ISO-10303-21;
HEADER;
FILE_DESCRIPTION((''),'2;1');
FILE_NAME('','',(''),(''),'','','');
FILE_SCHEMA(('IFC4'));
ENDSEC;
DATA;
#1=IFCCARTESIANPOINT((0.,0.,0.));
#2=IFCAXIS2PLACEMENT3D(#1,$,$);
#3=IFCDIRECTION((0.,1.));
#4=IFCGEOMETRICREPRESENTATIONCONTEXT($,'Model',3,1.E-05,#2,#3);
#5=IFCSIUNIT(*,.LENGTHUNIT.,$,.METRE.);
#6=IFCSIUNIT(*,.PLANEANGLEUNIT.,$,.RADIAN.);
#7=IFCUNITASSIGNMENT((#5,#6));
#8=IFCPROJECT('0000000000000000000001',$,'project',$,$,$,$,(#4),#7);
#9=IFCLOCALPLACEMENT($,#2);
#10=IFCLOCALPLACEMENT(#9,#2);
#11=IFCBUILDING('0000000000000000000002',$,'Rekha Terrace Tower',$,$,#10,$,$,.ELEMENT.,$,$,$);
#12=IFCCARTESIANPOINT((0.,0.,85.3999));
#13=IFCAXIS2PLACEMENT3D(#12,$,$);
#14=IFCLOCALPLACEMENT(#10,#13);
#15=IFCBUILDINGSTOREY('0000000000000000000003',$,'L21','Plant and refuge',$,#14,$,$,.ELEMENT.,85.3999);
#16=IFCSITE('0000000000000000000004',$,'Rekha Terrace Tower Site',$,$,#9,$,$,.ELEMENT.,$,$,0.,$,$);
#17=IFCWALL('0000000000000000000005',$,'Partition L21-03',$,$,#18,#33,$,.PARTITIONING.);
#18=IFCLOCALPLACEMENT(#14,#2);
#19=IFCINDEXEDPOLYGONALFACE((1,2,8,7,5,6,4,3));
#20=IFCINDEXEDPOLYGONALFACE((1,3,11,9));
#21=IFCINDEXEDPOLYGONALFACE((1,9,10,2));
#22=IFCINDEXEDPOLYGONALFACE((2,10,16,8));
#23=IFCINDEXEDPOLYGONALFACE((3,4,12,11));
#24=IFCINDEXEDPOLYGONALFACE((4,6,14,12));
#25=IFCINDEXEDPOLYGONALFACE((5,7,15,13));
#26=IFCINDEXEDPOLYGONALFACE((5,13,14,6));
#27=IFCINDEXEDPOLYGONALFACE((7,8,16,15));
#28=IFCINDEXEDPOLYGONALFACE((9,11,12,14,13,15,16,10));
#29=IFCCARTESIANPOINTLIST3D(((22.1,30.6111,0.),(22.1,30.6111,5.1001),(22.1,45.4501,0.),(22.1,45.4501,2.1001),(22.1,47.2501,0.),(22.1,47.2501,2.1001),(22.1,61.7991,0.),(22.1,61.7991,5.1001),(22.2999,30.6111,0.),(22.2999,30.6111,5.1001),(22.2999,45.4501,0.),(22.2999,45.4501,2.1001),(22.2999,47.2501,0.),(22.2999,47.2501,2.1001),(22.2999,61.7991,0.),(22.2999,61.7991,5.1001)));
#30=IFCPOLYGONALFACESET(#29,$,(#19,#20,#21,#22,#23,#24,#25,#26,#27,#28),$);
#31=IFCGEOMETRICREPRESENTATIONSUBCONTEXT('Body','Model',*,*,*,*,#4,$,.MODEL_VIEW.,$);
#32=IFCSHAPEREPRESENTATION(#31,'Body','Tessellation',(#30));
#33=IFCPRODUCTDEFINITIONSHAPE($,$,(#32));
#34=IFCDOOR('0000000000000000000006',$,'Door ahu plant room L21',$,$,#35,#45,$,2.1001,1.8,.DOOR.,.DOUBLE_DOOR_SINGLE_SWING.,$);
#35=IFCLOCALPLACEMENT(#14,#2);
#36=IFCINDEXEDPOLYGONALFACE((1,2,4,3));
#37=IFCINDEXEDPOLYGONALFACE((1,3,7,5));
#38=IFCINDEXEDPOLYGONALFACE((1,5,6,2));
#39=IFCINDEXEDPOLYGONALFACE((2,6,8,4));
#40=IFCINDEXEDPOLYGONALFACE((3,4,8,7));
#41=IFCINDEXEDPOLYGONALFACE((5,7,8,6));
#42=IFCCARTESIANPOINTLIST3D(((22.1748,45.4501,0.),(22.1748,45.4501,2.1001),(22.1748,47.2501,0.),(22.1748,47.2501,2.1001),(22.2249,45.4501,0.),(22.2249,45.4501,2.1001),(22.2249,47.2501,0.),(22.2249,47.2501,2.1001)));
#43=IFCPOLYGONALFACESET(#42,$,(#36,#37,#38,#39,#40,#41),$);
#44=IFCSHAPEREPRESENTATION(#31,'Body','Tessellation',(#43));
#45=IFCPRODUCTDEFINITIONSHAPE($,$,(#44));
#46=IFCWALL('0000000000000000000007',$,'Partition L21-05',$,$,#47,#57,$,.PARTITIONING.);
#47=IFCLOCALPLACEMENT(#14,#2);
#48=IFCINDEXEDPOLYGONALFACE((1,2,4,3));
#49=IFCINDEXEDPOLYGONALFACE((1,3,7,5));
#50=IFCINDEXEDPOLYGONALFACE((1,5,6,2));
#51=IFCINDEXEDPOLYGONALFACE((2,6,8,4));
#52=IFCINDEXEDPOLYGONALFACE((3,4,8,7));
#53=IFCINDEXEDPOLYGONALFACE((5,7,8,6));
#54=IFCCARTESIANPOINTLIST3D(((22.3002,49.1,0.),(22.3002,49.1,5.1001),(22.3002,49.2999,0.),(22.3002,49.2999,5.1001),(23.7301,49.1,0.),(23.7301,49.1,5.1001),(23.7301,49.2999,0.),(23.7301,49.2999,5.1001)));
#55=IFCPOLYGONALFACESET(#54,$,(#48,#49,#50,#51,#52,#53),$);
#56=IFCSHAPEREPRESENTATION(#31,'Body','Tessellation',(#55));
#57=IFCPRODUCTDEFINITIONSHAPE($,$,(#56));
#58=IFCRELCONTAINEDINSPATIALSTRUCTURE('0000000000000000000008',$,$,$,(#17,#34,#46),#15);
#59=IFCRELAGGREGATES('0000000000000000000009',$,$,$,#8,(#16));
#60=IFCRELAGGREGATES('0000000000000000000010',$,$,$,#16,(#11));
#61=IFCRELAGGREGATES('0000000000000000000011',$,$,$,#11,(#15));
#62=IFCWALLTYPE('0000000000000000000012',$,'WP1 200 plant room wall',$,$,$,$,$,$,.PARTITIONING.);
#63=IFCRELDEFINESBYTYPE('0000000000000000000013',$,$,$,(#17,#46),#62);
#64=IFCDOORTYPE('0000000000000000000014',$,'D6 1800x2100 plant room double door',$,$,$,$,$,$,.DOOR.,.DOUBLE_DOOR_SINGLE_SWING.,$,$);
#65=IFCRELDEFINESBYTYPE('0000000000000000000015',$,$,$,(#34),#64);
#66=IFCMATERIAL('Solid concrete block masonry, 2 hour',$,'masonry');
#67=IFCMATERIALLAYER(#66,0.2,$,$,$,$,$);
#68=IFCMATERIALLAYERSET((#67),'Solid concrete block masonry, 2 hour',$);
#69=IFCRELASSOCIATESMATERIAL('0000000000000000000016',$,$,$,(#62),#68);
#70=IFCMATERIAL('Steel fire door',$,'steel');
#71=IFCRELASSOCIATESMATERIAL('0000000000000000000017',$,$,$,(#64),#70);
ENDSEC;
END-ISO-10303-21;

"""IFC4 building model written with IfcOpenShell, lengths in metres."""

from ifc_helpers import new_model, si_unit, direction, frame, frame_2d, origin, place, context, subcontext, project, spatial, rectangle, extrude, material, layer, layer_set, type_object, element, fill, save


model = new_model("IFC4")

# Units and contexts
model_context = context("Model", 3, precision=1e-05, world=origin(), true_north=direction((0.0, 1.0)))
body_context = subcontext(model_context, "Body", "Model", "MODEL_VIEW")
ifc_project = project(units=[si_unit("LENGTHUNIT", "METRE"), si_unit("PLANEANGLEUNIT", "RADIAN")], contexts=[model_context])

# Site, building, storey
site_placement = place(None, origin())
site = spatial("IfcSite", under=ifc_project, at=site_placement, Name="Rekha Terrace Tower Site", CompositionType="ELEMENT", RefElevation=0.0)
building_placement = place(site_placement, origin())
building = spatial("IfcBuilding", under=site, at=building_placement, Name="Rekha Terrace Tower", CompositionType="ELEMENT")
storey_placement = place(building_placement, frame((0.0, 0.0, 85.3999)))
storey = spatial("IfcBuildingStorey", under=building, at=storey_placement, Name="L21", Description="Plant and refuge", CompositionType="ELEMENT", Elevation=85.3999)

# Wall, opening, door
ifc_material_1 = material(Name="Solid concrete block masonry, 2 hour", Category="masonry")
ifc_layer_1 = layer(ifc_material_1, 0.2)
ifc_layer_set_1 = layer_set([ifc_layer_1], Name="Solid concrete block masonry, 2 hour")
wall_type_1 = type_object("IfcWallType", Name="WP1 200 plant room wall", PredefinedType="PARTITIONING", material=ifc_layer_set_1)
wall_1_placement = place(storey_placement, frame((22.2, 61.7991, 0.0), z_axis=(0.0, 0.0, 1.0), x_axis=(0.0, -1.0, 0.0)))
wall_1 = element("IfcWall", 1, at=wall_1_placement, inside=storey, type_object=wall_type_1, Name="Partition L21-03", PredefinedType="PARTITIONING", context=body_context, shape_type="SweptSolid", body=[
    extrude(rectangle(XDim=31.188, YDim=0.2, at=frame_2d((15.594, 0.0))), origin(), (0.0, 0.0, 1.0), 5.1001),
])
opening_placement = place(wall_1_placement, frame((14.5491, 0.0, 0.0)))
opening = element("IfcOpeningElement", 2, at=opening_placement, cuts=wall_1, PredefinedType="OPENING", context=body_context, shape_type="SweptSolid", body=[
    extrude(rectangle(XDim=1.8, YDim=2.1001, at=frame_2d((0.8999, 1.05))), frame((0.0, 0.1099, 0.0), z_axis=(0.0, -1.0, 0.0), x_axis=(1.0, 0.0, 0.0)), (0.0, 0.0, 1.0), 0.22),
])
ifc_material_2 = material(Name="Steel fire door", Category="steel")
door_type = type_object("IfcDoorType", Name="D6 1800x2100 plant room double door", OperationType="DOUBLE_DOOR_SINGLE_SWING", PredefinedType="DOOR", material=ifc_material_2)
door_placement = place(opening_placement, origin())
door = element("IfcDoor", 3, at=door_placement, inside=storey, type_object=door_type, Name="Door ahu plant room L21", OperationType="DOUBLE_DOOR_SINGLE_SWING", OverallHeight=2.1001, OverallWidth=1.8, PredefinedType="DOOR", context=body_context, shape_type="SweptSolid", body=[
    extrude(rectangle(XDim=1.8, YDim=2.1001, at=frame_2d((0.8999, 1.05))), frame((0.0, 0.0249, 0.0), z_axis=(0.0, -1.0, 0.0), x_axis=(1.0, 0.0, 0.0)), (0.0, 0.0, 1.0), 0.05),
])
fill(opening, door)

# Wall
wall_2_placement = place(storey_placement, frame((23.73, 49.2, 0.0), z_axis=(0.0, 0.0, 1.0), x_axis=(-1.0, 0.0, 0.0)))
element("IfcWall", 4, at=wall_2_placement, inside=storey, type_object=wall_type_1, Name="Partition L21-05", PredefinedType="PARTITIONING", context=body_context, shape_type="SweptSolid", body=[
    extrude(rectangle(XDim=1.4299, YDim=0.2, at=frame_2d((0.7148, 0.0))), origin(), (0.0, 0.0, 1.0), 5.1001),
])

save(model, "model.ifc")
